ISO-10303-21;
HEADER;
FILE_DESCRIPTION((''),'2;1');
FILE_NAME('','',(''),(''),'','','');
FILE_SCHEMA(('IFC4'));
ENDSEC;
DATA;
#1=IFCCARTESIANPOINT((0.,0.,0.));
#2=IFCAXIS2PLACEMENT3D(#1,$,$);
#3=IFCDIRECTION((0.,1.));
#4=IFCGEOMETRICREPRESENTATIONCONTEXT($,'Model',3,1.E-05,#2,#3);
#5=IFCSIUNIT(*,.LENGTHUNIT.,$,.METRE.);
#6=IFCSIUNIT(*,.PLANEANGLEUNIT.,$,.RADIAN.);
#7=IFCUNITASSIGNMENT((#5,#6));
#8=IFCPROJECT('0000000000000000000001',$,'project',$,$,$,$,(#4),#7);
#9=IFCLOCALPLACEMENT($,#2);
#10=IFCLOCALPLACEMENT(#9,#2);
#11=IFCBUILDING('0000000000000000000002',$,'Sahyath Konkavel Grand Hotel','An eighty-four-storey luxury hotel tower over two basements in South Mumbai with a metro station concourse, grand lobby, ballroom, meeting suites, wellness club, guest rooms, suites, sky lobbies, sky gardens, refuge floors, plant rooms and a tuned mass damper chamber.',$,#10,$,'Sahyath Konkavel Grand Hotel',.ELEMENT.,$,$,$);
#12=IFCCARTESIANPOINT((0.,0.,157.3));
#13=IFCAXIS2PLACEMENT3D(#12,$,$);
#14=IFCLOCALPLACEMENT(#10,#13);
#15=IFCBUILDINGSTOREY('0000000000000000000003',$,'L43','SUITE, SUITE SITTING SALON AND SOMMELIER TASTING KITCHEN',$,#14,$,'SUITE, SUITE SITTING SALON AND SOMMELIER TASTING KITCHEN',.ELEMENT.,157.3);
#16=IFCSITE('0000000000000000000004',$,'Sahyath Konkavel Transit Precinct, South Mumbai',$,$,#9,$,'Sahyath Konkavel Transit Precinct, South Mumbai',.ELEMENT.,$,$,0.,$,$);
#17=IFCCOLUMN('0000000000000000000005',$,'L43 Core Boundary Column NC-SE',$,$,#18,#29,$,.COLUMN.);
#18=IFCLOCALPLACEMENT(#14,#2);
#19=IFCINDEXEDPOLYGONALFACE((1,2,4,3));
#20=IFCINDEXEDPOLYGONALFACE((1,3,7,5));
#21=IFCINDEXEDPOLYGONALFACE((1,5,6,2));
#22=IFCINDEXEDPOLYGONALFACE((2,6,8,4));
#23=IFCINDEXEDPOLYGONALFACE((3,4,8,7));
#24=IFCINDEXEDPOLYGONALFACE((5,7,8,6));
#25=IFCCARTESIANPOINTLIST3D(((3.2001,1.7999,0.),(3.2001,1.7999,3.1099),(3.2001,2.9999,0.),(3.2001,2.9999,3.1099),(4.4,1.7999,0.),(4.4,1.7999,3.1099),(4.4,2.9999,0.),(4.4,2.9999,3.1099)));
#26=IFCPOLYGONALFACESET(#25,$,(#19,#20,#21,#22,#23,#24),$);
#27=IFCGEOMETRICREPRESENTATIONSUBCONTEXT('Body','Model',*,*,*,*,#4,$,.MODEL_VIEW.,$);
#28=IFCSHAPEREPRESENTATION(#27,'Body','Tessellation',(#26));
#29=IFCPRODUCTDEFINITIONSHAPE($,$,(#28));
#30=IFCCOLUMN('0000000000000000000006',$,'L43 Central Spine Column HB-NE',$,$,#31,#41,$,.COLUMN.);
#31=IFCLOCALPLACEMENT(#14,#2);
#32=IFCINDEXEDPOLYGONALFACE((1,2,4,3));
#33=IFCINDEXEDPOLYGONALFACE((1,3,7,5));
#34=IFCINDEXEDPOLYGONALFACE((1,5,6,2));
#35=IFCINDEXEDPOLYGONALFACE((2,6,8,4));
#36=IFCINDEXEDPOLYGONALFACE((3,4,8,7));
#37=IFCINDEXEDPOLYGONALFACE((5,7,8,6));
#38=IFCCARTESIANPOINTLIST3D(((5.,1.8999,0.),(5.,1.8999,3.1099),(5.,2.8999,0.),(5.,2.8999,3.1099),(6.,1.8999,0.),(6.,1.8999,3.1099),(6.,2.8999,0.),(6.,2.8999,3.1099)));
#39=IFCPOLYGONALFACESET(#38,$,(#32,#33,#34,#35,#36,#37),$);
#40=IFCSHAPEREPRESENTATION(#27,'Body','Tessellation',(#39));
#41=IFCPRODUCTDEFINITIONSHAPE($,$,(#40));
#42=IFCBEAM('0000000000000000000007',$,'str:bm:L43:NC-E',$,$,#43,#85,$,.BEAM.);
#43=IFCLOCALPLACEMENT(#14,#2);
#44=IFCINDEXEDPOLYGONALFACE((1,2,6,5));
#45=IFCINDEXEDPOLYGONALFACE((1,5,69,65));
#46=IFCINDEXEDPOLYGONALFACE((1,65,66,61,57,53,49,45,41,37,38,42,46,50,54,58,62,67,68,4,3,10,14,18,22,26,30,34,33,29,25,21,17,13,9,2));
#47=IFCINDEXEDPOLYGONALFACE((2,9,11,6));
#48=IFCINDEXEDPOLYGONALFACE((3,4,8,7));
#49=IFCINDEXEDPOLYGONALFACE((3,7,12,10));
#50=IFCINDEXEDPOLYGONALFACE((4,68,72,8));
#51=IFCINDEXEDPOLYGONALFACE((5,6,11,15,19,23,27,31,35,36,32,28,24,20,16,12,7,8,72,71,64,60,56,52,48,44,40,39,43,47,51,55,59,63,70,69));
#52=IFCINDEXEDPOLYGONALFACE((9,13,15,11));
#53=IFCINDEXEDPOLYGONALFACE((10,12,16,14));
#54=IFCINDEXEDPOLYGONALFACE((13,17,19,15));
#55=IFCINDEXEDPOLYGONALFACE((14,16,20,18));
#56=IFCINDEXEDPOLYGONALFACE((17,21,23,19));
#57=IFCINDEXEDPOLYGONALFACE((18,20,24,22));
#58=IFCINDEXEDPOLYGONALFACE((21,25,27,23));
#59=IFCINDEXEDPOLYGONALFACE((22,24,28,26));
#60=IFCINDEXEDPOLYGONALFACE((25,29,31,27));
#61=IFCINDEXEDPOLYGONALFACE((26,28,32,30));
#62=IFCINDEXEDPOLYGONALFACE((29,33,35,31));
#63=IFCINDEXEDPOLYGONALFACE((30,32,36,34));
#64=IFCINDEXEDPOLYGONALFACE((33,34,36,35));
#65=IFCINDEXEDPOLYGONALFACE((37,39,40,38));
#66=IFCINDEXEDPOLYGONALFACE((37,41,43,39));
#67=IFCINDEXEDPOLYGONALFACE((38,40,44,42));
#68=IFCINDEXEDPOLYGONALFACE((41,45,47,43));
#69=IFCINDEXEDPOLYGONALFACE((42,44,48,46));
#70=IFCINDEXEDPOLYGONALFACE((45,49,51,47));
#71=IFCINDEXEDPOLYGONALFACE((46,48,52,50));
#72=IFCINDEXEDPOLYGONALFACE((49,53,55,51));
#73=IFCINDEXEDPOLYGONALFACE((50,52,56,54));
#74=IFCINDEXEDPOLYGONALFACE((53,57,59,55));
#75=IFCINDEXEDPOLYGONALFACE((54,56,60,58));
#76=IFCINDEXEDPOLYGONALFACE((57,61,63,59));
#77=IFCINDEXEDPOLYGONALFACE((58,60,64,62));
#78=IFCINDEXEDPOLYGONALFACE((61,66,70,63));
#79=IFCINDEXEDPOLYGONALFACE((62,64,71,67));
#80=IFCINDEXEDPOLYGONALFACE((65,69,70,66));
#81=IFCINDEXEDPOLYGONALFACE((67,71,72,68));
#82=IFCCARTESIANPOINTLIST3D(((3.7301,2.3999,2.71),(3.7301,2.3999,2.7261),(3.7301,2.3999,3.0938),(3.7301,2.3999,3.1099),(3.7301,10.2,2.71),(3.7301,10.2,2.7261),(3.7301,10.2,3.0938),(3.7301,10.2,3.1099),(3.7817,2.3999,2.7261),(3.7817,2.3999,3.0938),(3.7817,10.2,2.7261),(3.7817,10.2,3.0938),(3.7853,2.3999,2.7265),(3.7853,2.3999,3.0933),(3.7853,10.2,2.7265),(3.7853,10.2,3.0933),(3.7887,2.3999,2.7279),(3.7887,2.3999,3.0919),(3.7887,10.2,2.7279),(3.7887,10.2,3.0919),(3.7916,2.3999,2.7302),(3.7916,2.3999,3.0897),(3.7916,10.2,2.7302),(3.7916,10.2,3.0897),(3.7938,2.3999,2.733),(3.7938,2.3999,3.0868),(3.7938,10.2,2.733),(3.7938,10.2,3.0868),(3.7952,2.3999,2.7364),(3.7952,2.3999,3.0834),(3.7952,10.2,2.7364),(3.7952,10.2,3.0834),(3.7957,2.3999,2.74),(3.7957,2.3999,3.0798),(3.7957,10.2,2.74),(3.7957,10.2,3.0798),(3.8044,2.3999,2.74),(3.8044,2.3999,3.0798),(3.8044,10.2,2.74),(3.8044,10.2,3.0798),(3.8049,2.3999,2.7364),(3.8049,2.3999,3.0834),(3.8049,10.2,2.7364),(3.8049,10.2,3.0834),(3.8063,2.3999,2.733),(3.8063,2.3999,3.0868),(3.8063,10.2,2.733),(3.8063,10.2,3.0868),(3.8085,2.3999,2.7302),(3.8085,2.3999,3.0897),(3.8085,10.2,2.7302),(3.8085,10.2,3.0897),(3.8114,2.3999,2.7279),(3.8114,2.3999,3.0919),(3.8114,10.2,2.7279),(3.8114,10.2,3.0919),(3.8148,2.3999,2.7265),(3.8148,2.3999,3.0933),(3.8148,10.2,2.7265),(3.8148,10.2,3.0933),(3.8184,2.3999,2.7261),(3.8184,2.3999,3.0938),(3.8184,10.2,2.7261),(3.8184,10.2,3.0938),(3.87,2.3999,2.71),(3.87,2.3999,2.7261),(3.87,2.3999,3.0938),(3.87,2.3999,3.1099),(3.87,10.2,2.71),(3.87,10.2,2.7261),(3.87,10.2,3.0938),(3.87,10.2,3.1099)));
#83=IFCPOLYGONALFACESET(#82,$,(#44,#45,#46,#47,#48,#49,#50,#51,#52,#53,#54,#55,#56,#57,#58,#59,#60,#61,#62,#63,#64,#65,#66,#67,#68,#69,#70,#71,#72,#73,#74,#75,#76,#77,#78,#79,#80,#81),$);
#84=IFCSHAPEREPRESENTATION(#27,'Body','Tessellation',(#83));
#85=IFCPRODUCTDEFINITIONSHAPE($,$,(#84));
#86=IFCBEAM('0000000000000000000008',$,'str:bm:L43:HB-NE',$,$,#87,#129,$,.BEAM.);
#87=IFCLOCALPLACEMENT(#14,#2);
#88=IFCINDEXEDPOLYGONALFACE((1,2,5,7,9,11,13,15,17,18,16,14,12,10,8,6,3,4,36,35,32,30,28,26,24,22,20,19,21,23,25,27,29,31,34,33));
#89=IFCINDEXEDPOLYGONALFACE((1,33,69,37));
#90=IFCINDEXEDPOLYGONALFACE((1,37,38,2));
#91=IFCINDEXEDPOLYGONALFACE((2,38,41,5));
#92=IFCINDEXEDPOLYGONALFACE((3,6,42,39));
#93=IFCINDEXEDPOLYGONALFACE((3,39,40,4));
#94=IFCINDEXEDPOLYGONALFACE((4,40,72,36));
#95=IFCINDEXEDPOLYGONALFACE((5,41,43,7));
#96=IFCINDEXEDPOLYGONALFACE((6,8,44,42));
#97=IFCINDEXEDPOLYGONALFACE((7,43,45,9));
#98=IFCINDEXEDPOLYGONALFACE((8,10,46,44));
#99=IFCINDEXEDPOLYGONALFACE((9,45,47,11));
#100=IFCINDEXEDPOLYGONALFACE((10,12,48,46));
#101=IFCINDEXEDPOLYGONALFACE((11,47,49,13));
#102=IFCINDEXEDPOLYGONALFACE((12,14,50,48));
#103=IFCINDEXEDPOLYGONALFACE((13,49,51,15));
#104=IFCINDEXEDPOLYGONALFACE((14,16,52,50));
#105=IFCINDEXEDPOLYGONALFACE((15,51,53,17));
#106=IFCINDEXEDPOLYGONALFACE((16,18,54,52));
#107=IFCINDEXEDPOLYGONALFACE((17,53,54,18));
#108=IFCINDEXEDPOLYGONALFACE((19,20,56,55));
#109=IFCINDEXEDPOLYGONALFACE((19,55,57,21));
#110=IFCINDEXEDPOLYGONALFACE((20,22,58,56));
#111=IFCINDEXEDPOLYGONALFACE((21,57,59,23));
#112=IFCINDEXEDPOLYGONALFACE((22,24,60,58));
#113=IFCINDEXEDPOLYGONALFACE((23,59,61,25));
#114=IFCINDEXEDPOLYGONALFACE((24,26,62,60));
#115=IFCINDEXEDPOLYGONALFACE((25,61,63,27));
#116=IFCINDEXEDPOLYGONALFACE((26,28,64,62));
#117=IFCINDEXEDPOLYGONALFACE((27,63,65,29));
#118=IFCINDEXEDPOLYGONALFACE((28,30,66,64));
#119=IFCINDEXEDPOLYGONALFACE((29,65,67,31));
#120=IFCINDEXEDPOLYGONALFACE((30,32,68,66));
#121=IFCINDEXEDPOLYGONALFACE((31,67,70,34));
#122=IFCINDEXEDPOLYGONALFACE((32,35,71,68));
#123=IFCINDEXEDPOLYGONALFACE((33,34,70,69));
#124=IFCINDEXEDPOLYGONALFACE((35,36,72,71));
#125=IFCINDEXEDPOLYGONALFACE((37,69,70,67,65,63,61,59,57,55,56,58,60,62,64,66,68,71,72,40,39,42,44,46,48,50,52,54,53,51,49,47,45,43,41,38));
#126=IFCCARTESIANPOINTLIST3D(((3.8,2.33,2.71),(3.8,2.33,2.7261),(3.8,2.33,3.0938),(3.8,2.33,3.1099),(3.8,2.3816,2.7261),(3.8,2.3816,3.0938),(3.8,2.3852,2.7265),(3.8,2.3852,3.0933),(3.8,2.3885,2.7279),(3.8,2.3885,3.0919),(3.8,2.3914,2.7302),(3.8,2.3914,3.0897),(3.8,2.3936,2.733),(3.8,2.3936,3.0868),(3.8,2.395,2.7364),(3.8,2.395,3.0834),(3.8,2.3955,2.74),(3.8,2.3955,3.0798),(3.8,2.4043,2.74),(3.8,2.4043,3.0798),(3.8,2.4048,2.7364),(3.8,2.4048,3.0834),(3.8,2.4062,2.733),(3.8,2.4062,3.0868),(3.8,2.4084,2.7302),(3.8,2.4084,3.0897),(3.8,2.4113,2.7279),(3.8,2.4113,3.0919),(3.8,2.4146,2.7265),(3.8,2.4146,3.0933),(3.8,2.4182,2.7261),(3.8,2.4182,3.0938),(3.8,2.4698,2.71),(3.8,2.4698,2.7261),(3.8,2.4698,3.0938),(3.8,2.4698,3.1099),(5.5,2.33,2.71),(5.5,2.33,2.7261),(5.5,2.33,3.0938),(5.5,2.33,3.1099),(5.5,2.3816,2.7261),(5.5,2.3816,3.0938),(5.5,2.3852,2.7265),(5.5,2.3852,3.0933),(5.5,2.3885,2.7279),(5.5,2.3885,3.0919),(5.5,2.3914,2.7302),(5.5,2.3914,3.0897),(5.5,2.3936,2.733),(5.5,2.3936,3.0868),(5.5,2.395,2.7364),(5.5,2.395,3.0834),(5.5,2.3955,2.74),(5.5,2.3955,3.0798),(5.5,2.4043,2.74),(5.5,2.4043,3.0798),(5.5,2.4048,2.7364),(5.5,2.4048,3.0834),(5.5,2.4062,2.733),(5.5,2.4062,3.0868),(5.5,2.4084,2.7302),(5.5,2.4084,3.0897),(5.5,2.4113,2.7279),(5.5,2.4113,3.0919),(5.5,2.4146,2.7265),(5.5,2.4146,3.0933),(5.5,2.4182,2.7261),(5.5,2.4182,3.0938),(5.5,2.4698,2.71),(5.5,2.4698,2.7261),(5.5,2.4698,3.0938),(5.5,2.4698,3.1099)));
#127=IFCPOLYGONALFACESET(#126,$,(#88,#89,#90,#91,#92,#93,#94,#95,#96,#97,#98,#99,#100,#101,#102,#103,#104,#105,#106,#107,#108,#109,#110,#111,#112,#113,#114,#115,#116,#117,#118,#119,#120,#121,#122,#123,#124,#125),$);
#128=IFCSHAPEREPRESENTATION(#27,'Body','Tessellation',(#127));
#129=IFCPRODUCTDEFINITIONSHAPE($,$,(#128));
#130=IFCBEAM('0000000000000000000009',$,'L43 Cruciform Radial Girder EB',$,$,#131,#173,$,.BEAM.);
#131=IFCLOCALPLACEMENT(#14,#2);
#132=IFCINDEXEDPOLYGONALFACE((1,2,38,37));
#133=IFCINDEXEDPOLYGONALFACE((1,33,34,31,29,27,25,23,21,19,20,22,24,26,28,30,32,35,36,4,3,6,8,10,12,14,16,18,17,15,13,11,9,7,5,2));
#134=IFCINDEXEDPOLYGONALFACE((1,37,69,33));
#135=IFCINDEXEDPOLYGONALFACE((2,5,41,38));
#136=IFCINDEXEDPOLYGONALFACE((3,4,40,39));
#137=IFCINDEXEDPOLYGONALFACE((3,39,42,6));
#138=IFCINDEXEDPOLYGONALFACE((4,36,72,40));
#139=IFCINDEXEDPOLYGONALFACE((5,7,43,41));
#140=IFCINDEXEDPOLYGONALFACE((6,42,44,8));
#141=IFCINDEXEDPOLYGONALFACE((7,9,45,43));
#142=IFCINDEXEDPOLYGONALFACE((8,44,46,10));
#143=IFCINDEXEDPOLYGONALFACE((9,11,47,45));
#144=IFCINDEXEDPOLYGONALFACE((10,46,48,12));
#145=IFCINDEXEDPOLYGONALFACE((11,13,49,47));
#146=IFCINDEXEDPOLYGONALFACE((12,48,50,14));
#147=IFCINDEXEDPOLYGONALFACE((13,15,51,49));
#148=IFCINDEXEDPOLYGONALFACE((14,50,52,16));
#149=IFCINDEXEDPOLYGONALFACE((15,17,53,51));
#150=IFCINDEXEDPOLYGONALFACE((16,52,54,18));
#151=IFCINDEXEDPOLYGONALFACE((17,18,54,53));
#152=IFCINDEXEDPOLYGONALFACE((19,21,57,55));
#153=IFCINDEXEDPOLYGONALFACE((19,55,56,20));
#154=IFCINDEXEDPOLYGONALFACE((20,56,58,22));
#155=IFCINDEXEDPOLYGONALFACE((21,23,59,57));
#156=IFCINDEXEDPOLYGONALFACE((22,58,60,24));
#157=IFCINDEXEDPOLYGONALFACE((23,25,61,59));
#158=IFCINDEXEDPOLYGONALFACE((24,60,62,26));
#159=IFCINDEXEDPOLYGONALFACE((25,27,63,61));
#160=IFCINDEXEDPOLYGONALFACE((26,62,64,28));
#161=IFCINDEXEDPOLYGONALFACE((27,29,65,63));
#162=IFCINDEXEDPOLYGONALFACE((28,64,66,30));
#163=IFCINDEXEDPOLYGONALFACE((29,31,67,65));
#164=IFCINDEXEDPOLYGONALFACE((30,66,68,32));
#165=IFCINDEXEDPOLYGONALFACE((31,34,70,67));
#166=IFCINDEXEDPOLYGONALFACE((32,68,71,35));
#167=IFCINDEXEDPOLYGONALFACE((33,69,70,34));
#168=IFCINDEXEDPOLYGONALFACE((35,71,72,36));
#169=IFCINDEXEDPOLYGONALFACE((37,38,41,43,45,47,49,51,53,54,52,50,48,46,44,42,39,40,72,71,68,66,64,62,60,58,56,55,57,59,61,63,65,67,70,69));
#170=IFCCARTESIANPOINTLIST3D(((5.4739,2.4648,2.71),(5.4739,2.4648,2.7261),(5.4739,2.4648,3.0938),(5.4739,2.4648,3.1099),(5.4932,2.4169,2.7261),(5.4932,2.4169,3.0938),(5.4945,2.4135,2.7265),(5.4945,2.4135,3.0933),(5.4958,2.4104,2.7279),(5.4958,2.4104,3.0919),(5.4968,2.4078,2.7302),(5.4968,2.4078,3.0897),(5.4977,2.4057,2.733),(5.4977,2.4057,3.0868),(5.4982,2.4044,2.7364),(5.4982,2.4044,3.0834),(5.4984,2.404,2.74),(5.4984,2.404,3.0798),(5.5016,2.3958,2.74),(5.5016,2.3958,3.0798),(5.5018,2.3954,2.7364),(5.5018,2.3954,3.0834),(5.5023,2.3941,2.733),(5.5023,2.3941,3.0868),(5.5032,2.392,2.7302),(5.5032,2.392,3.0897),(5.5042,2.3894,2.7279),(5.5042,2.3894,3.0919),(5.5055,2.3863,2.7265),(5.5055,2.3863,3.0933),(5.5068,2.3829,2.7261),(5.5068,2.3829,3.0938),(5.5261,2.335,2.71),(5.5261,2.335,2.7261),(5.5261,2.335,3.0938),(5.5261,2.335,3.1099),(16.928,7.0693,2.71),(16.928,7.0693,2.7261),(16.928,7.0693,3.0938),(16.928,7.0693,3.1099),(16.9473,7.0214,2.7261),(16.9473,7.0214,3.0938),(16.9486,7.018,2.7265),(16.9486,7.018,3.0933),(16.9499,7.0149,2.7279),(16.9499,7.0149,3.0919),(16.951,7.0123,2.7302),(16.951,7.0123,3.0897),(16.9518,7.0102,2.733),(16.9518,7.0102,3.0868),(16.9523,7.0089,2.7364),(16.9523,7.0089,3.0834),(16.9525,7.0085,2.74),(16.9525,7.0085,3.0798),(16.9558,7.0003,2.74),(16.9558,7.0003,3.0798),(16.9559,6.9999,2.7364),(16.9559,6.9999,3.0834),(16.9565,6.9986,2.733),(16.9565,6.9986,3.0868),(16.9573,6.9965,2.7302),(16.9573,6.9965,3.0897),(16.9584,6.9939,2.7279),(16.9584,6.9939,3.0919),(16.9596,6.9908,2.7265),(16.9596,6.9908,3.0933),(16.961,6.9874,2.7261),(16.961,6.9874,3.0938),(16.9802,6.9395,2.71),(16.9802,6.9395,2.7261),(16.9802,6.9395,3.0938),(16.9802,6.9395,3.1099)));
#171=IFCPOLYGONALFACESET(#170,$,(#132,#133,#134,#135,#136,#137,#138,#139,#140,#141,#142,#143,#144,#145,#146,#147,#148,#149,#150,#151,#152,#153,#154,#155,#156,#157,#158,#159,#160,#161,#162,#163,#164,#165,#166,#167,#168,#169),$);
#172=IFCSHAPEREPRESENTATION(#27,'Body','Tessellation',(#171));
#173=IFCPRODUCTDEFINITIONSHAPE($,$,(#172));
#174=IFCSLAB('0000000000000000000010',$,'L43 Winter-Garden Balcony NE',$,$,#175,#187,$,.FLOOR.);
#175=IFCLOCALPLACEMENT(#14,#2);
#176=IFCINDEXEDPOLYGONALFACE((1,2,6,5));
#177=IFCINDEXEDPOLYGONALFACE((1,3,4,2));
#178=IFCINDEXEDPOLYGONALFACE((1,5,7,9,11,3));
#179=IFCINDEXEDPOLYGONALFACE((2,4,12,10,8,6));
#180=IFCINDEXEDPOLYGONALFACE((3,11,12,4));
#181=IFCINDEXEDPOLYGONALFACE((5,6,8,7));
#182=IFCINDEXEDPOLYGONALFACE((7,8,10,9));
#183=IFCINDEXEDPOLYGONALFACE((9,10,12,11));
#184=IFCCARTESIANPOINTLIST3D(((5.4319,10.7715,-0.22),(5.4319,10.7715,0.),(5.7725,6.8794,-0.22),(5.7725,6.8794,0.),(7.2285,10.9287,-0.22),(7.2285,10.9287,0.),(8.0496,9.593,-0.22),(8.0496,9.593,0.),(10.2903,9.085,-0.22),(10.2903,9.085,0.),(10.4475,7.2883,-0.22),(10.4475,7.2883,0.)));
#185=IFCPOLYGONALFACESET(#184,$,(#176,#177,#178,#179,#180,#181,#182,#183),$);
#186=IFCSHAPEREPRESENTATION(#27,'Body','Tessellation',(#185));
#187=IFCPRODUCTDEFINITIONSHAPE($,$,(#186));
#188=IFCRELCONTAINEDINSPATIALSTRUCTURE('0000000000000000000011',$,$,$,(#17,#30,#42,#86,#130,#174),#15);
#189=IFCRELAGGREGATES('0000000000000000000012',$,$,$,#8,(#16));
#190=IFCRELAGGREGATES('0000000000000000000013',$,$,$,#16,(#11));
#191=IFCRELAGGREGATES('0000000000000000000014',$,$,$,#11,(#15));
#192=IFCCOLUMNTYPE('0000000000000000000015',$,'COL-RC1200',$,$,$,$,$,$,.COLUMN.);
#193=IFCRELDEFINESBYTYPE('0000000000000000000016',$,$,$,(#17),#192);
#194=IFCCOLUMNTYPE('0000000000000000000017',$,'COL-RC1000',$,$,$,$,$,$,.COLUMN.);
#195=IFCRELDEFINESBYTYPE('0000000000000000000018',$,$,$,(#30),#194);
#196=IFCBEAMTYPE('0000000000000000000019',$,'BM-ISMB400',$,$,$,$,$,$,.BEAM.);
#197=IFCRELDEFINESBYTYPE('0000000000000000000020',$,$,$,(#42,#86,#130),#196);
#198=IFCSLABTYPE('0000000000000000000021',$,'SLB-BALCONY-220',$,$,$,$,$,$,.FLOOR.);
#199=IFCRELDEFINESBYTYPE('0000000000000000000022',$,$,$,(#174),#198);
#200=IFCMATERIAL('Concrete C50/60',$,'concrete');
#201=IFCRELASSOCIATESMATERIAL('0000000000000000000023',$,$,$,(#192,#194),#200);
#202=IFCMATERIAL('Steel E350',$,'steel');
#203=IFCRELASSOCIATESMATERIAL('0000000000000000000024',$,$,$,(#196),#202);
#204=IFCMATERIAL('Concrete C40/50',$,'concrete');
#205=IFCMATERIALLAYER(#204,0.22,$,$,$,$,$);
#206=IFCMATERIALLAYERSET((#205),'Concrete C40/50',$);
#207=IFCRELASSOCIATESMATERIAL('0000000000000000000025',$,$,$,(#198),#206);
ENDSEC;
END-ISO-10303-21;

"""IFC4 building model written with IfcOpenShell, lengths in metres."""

from ifc_helpers import new_model, si_unit, direction, frame, origin, origin_2d, place, context, subcontext, project, spatial, polyline, rectangle, i_section, outline, extrude, source, transform, mapped, material, layer, layer_set, material_profile, profile_set, type_object, element, save


model = new_model("IFC4")

# Units and contexts
model_context = context("Model", 3, precision=1e-05, world=origin(), true_north=direction((0.0, 1.0)))
body_context = subcontext(model_context, "Body", "Model", "MODEL_VIEW")
ifc_project = project(units=[si_unit("LENGTHUNIT", "METRE"), si_unit("PLANEANGLEUNIT", "RADIAN")], contexts=[model_context])

# Site, building, storey
site_placement = place(None, origin())
site = spatial("IfcSite", under=ifc_project, at=site_placement, Name="Sahyath Konkavel Transit Precinct, South Mumbai", LongName="Sahyath Konkavel Transit Precinct, South Mumbai", CompositionType="ELEMENT", RefElevation=0.0)
building_placement = place(site_placement, origin())
building = spatial("IfcBuilding", under=site, at=building_placement, Name="Sahyath Konkavel Grand Hotel", Description="An eighty-four-storey luxury hotel tower over two basements in South Mumbai with a metro station concourse, grand lobby, ballroom, meeting suites, wellness club, guest rooms, suites, sky lobbies, sky gardens, refuge floors, plant rooms and a tuned mass damper chamber.", LongName="Sahyath Konkavel Grand Hotel", CompositionType="ELEMENT")
storey_placement = place(building_placement, frame((0.0, 0.0, 157.3)))
storey = spatial("IfcBuildingStorey", under=building, at=storey_placement, Name="L43", Description="SUITE, SUITE SITTING SALON AND SOMMELIER TASTING KITCHEN", LongName="SUITE, SUITE SITTING SALON AND SOMMELIER TASTING KITCHEN", CompositionType="ELEMENT", Elevation=157.3)

# Columns
ifc_material_1 = material(Name="Concrete C50/60", Category="concrete")
ifc_material_profile_1 = material_profile(ifc_material_1, rectangle(XDim=1.2, YDim=1.2, at=origin_2d()), Name="RC 1200x1200")
ifc_profile_set_1 = profile_set([ifc_material_profile_1], Name="Concrete C50/60")
column_type_1 = type_object("IfcColumnType", Name="COL-RC1200", PredefinedType="COLUMN", material=ifc_profile_set_1)
shared_shape_1 = source(origin(), body_context, "Body", "SweptSolid", [
    extrude(rectangle(XDim=1.2, YDim=1.2, at=origin_2d()), origin(), (0.0, 0.0, 1.0), 3.1099),
])
column_1_placement = place(storey_placement, frame((3.8, 2.3999, 0.0), z_axis=(0.0, 0.0, 1.0), x_axis=(1.0, 0.0, 0.0)))
element("IfcColumn", 1, at=column_1_placement, inside=storey, type_object=column_type_1, Name="L43 Core Boundary Column NC-SE", PredefinedType="COLUMN", context=body_context, shape_type="MappedRepresentation", body=[
    mapped(shared_shape_1, transform((0.0, 0.0, 0.0), scale=1.0)),
])
ifc_material_profile_2 = material_profile(ifc_material_1, rectangle(XDim=1.0, YDim=1.0, at=origin_2d()), Name="RC 1000x1000")
ifc_profile_set_2 = profile_set([ifc_material_profile_2], Name="Concrete C50/60")
column_type_2 = type_object("IfcColumnType", Name="COL-RC1000", PredefinedType="COLUMN", material=ifc_profile_set_2)
shared_shape_2 = source(origin(), body_context, "Body", "SweptSolid", [
    extrude(rectangle(XDim=1.0, YDim=1.0, at=origin_2d()), origin(), (0.0, 0.0, 1.0), 3.1099),
])
column_2_placement = place(storey_placement, frame((5.5, 2.3999, 0.0), z_axis=(0.0, 0.0, 1.0), x_axis=(1.0, 0.0, 0.0)))
element("IfcColumn", 2, at=column_2_placement, inside=storey, type_object=column_type_2, Name="L43 Central Spine Column HB-NE", PredefinedType="COLUMN", context=body_context, shape_type="MappedRepresentation", body=[
    mapped(shared_shape_2, transform((0.0, 0.0, 0.0), scale=1.0)),
])

# Beams
ifc_material_2 = material(Name="Steel E350", Category="steel")
ifc_material_profile_3 = material_profile(ifc_material_2, i_section(OverallWidth=0.1399, OverallDepth=0.3999, WebThickness=0.0088, FlangeThickness=0.0161, FilletRadius=0.0139, at=origin_2d()), Name="ISMB 400")
ifc_profile_set_3 = profile_set([ifc_material_profile_3], Name="Steel E350")
beam_type = type_object("IfcBeamType", Name="BM-ISMB400", PredefinedType="BEAM", material=ifc_profile_set_3)
shared_shape_3 = source(origin(), body_context, "Body", "SweptSolid", [
    extrude(i_section(OverallWidth=0.1399, OverallDepth=0.3999, WebThickness=0.0088, FlangeThickness=0.0161, FilletRadius=0.0139, at=origin_2d()), origin(), (0.0, 0.0, 1.0), 7.8),
])
beam_1_placement = place(storey_placement, frame((3.8, 2.3999, 2.9099), z_axis=(0.0, 1.0, 0.0), x_axis=(-1.0, 0.0, 0.0)))
element("IfcBeam", 3, at=beam_1_placement, inside=storey, type_object=beam_type, Name="str:bm:L43:NC-E", PredefinedType="BEAM", context=body_context, shape_type="MappedRepresentation", body=[
    mapped(shared_shape_3, transform((0.0, 0.0, 0.0), scale=1.0)),
])
shared_shape_4 = source(origin(), body_context, "Body", "SweptSolid", [
    extrude(i_section(OverallWidth=0.1399, OverallDepth=0.3999, WebThickness=0.0088, FlangeThickness=0.0161, FilletRadius=0.0139, at=origin_2d()), origin(), (0.0, 0.0, 1.0), 1.7),
])
beam_2_placement = place(storey_placement, frame((3.8, 2.3999, 2.9099), z_axis=(1.0, 0.0, 0.0), x_axis=(0.0, 1.0, 0.0)))
element("IfcBeam", 4, at=beam_2_placement, inside=storey, type_object=beam_type, Name="str:bm:L43:HB-NE", PredefinedType="BEAM", context=body_context, shape_type="MappedRepresentation", body=[
    mapped(shared_shape_4, transform((0.0, 0.0, 0.0), scale=1.0)),
])
shared_shape_5 = source(origin(), body_context, "Body", "SweptSolid", [
    extrude(i_section(OverallWidth=0.1399, OverallDepth=0.3999, WebThickness=0.0088, FlangeThickness=0.0161, FilletRadius=0.0139, at=origin_2d()), origin(), (0.0, 0.0, 1.0), 12.345),
])
beam_3_placement = place(storey_placement, frame((5.5, 2.3999, 2.9099), z_axis=(0.927837, 0.372986, 0.0), x_axis=(-0.372986, 0.927837, 0.0)))
element("IfcBeam", 5, at=beam_3_placement, inside=storey, type_object=beam_type, Name="L43 Cruciform Radial Girder EB", PredefinedType="BEAM", context=body_context, shape_type="MappedRepresentation", body=[
    mapped(shared_shape_5, transform((0.0, 0.0, 0.0), scale=1.0)),
])

# Slab
ifc_material_3 = material(Name="Concrete C40/50", Category="concrete")
ifc_layer_1 = layer(ifc_material_3, 0.22)
ifc_layer_set_1 = layer_set([ifc_layer_1], Name="Concrete C40/50")
slab_type_1 = type_object("IfcSlabType", Name="SLB-BALCONY-220", PredefinedType="FLOOR", material=ifc_layer_set_1)
slab_1_placement = place(storey_placement, frame((0.0, 0.0, -0.22)))
element("IfcSlab", 6, at=slab_1_placement, inside=storey, type_object=slab_type_1, Name="L43 Winter-Garden Balcony NE", PredefinedType="FLOOR", context=body_context, shape_type="SweptSolid", body=[
    extrude(outline(polyline([(5.7725, 6.8794), (10.4475, 7.2883), (10.2903, 9.085), (8.0496, 9.593), (7.2285, 10.9287), (5.4319, 10.7715), (5.7725, 6.8794)])), origin(), (0.0, 0.0, 1.0), 0.22),
])

save(model, "model.ifc")
